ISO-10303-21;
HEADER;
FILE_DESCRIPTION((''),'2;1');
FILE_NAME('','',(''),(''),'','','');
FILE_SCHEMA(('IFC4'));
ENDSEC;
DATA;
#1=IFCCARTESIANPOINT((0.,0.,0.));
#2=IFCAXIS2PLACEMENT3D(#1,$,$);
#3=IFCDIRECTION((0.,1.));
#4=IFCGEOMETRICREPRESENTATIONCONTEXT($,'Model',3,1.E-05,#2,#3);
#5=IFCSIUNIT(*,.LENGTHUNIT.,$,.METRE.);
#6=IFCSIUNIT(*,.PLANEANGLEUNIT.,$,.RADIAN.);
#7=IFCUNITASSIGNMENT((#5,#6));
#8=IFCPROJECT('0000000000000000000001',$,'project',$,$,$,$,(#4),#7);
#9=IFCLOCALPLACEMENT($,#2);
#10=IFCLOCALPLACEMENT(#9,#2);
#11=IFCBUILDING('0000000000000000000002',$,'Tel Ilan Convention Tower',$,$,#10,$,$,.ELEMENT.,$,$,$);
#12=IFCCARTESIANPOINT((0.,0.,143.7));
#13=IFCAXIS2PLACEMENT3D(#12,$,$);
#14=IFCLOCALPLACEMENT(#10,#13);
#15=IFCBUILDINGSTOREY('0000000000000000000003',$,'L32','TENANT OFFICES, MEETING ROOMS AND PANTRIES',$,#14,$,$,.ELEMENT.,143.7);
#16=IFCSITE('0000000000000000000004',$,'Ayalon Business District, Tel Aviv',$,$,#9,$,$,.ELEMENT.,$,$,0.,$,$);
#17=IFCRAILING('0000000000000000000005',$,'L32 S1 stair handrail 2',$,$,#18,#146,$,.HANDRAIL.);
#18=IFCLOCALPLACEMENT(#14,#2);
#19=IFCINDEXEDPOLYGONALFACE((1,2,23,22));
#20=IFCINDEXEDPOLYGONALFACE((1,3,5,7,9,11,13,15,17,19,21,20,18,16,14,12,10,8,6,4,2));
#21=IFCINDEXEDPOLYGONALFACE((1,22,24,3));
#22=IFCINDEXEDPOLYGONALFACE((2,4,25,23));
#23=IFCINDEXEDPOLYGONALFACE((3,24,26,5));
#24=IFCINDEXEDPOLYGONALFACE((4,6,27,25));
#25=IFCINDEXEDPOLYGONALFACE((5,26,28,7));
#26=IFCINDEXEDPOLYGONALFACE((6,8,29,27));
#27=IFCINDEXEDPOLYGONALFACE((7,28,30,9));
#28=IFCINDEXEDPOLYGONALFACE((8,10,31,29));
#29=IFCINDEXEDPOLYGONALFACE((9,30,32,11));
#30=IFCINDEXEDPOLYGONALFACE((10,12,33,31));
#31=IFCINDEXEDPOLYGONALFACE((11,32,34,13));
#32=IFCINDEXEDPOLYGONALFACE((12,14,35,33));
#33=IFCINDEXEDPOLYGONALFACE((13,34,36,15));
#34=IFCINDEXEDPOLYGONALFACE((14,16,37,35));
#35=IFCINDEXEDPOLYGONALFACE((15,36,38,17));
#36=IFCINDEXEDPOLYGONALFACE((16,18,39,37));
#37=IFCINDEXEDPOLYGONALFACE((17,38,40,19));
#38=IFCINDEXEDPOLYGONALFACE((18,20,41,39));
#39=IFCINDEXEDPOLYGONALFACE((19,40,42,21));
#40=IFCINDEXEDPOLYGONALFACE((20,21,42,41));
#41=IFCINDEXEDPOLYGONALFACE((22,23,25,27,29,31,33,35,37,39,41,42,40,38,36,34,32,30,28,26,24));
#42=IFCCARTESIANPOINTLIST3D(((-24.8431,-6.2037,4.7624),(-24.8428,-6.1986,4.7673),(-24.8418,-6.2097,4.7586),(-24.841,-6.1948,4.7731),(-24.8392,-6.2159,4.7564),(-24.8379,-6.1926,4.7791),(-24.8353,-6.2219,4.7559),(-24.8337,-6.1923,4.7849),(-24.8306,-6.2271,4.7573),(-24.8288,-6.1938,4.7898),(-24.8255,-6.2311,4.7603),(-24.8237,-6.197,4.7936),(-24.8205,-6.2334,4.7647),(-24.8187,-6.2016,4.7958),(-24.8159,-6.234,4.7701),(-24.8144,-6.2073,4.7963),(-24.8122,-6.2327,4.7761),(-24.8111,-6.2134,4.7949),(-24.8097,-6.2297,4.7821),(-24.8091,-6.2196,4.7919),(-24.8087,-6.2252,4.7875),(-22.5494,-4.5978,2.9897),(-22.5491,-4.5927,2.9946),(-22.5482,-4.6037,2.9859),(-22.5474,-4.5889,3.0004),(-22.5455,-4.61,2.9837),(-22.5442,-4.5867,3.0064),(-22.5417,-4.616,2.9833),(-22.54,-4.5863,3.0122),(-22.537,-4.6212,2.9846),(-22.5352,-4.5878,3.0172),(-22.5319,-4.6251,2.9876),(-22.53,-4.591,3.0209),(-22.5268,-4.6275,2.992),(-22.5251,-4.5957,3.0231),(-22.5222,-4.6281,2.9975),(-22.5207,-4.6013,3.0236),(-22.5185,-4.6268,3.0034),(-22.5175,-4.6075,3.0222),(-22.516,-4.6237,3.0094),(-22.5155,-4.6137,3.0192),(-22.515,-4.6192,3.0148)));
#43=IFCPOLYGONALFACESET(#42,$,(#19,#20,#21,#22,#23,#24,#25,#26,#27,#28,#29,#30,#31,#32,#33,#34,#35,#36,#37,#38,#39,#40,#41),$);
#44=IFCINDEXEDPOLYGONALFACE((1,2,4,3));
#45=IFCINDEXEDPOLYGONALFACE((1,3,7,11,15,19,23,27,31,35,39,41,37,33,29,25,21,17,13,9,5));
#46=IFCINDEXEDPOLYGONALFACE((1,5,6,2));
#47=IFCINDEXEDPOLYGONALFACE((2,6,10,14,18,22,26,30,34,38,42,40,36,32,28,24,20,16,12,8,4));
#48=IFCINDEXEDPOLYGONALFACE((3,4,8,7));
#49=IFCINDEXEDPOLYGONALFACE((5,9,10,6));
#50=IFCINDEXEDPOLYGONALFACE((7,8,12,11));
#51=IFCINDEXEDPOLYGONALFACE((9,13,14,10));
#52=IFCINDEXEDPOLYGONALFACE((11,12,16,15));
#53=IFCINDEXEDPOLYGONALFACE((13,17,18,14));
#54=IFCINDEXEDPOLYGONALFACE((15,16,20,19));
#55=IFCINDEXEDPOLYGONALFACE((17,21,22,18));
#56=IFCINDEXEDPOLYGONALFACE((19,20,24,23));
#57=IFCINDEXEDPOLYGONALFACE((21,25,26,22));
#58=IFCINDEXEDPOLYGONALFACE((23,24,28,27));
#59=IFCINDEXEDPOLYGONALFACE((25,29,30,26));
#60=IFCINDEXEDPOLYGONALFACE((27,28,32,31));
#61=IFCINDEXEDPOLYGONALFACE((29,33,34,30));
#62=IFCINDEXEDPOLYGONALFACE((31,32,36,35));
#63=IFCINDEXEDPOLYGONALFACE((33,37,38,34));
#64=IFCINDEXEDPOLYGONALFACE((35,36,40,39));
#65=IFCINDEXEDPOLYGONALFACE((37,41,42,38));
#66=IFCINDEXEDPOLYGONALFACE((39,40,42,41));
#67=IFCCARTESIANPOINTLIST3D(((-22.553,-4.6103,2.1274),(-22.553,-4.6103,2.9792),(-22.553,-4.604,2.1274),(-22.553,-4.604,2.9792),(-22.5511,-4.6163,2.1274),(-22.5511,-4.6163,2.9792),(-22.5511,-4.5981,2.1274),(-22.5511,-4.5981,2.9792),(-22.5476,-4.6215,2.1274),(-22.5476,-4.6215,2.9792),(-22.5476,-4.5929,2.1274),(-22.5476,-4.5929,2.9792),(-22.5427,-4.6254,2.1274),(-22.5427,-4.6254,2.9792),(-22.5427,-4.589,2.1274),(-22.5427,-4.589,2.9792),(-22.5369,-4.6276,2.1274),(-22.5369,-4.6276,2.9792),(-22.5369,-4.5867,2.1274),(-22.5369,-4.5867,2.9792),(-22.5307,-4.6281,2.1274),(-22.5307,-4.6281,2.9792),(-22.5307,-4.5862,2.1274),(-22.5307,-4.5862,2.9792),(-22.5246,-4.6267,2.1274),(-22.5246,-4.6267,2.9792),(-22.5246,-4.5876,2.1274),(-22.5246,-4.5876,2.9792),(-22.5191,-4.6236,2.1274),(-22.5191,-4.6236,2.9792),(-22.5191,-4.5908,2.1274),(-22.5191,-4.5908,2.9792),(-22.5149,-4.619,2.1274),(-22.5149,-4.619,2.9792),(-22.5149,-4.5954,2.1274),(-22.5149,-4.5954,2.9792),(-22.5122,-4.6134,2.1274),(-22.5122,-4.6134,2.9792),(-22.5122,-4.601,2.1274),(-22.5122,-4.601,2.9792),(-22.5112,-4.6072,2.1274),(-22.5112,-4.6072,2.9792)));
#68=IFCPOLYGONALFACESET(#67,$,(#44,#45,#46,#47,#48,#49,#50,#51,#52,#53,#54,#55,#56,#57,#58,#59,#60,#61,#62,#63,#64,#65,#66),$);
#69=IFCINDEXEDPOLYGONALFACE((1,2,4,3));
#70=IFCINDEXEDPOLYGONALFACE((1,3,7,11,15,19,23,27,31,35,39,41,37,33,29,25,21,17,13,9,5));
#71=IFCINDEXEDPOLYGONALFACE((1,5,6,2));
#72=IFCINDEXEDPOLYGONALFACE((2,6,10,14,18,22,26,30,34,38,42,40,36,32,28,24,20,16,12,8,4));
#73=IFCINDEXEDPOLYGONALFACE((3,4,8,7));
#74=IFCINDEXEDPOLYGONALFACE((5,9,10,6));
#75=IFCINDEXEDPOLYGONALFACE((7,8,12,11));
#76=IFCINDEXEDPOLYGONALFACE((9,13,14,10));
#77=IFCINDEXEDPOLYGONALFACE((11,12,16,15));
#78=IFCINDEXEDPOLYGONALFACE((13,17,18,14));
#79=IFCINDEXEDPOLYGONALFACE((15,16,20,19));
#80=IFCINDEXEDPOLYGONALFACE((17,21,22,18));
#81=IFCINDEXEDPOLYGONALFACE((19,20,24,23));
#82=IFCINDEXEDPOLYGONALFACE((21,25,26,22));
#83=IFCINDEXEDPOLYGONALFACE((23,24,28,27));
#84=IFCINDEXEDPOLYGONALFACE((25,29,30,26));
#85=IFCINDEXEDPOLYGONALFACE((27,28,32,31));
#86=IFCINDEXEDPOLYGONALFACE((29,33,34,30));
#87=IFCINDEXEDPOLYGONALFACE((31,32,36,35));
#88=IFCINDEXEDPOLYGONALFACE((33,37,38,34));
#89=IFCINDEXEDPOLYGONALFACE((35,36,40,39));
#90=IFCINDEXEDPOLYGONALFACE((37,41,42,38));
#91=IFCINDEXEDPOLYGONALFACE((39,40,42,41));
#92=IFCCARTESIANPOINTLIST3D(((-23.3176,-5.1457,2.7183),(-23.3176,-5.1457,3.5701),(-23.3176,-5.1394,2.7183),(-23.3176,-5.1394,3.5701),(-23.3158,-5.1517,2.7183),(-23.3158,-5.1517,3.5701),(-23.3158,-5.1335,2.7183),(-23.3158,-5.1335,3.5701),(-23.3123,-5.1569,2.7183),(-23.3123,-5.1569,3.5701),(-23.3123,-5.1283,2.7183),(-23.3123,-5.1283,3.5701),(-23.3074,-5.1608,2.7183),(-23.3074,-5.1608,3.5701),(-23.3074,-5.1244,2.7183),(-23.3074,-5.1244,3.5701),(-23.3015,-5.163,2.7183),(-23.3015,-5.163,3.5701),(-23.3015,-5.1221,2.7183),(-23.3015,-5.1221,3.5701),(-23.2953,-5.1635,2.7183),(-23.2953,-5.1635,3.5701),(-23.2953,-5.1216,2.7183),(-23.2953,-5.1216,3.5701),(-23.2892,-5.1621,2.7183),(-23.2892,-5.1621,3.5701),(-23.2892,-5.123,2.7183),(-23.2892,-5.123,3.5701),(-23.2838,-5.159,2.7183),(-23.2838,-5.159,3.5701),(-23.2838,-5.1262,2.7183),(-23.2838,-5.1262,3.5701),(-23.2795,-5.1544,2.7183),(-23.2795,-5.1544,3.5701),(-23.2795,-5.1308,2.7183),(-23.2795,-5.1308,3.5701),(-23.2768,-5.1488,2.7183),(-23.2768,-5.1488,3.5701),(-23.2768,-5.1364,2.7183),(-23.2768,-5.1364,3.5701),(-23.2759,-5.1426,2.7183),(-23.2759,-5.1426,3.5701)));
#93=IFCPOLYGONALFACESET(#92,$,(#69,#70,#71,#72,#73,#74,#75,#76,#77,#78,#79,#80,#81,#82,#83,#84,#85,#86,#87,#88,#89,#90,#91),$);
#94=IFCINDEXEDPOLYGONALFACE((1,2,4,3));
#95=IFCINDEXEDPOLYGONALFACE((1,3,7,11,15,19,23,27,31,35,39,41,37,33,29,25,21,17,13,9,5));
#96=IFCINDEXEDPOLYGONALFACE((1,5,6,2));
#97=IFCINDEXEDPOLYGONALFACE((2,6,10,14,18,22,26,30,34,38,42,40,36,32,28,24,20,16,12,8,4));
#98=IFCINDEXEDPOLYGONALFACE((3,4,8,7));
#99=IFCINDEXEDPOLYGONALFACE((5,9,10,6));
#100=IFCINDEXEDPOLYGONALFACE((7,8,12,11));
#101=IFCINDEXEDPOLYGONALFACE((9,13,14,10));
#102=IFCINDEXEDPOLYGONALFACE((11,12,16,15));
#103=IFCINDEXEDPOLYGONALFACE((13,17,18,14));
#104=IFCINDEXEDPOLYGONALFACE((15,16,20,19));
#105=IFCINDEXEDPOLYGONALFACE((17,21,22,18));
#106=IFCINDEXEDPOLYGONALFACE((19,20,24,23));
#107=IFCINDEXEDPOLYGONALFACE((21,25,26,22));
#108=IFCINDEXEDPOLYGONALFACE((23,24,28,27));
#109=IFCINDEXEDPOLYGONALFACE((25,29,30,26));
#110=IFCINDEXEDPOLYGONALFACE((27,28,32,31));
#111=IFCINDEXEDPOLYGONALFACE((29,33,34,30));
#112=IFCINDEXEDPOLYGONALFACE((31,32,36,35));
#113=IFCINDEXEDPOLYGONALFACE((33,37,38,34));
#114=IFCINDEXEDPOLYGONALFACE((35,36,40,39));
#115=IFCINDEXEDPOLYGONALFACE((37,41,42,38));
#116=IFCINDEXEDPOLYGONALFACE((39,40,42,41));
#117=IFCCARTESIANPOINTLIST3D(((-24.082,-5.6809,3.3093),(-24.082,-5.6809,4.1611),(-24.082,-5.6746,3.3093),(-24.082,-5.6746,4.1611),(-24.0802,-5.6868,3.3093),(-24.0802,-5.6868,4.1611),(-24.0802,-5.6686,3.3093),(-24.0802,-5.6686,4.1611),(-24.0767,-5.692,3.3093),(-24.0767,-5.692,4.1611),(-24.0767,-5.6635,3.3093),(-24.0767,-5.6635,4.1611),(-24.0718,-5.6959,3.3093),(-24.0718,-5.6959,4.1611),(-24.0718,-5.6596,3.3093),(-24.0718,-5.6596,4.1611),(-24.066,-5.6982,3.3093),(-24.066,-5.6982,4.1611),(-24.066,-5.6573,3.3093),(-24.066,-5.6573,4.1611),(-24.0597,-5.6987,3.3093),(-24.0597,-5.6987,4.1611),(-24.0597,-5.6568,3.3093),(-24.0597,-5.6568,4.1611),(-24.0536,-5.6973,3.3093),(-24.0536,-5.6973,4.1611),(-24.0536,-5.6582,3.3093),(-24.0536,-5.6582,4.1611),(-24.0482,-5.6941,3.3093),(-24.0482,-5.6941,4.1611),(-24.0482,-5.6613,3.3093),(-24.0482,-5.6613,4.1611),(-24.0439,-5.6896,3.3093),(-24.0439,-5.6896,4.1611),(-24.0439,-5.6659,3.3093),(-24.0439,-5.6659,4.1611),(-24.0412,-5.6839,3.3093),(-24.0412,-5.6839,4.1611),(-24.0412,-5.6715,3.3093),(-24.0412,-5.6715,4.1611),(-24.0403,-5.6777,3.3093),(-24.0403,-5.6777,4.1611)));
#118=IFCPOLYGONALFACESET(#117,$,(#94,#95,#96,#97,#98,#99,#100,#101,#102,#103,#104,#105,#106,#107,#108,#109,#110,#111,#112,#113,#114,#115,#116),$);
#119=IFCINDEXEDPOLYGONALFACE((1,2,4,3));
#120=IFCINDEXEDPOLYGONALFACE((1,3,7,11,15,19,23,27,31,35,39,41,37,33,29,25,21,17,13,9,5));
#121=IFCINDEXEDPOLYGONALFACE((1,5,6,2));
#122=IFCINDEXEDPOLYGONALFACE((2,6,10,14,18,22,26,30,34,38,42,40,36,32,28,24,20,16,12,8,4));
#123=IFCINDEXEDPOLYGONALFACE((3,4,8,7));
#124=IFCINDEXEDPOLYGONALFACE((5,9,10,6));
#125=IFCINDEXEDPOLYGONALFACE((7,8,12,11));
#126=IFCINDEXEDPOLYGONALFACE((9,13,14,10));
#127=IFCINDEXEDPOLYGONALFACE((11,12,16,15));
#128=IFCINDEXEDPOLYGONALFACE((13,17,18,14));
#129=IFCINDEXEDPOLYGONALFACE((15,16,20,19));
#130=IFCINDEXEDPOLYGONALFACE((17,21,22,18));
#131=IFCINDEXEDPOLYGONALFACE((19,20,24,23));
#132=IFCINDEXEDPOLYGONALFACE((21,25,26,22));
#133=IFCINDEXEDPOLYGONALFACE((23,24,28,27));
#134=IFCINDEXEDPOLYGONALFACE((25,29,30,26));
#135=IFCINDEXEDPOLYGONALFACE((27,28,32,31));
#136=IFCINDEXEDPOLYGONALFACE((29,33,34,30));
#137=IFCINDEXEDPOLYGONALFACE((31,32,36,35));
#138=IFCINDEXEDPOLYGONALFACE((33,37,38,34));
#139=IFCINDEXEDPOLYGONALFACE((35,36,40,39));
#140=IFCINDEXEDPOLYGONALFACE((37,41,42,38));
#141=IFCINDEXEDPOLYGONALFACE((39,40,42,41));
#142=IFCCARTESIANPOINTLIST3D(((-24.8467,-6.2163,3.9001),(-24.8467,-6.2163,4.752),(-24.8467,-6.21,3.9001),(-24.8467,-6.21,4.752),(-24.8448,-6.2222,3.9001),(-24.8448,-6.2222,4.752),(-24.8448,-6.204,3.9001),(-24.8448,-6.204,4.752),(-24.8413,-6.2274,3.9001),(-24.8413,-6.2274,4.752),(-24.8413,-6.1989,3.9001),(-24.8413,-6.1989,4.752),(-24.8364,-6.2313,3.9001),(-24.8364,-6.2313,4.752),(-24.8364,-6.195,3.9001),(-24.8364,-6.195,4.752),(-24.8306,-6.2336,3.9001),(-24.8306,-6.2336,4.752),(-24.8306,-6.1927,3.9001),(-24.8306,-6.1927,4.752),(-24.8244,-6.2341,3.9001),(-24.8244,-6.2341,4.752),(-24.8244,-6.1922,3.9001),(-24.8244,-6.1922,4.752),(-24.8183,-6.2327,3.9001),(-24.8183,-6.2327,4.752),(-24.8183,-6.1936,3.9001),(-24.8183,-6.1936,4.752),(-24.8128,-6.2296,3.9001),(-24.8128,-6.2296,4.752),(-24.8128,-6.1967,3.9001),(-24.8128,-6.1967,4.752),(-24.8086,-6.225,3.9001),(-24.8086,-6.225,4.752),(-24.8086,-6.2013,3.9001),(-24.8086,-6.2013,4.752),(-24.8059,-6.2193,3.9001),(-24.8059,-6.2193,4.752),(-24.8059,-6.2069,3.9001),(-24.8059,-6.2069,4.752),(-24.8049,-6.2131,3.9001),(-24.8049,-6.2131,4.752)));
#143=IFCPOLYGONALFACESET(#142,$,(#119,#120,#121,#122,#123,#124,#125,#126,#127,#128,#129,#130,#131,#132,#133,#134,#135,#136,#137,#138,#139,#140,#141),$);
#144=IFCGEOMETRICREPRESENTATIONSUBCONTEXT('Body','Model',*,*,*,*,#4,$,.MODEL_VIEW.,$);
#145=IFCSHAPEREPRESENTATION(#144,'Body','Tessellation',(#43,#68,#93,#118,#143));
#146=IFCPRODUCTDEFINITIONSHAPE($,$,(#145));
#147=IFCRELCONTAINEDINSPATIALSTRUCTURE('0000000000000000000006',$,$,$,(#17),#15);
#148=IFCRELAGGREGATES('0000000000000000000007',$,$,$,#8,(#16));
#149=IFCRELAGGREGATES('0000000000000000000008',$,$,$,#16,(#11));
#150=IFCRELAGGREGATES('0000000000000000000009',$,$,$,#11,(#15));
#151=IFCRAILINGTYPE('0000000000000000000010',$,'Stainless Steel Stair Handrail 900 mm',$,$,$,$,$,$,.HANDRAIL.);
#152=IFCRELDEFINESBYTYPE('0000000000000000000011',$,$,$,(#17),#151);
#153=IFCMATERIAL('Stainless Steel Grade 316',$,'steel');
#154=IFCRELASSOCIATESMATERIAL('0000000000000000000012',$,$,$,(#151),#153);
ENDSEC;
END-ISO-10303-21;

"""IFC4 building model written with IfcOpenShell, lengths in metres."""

from ifc_helpers import new_model, si_unit, direction, frame, origin, origin_2d, place, context, subcontext, project, spatial, circle, extrude, material, type_object, element, save


model = new_model("IFC4")

# Units and contexts
model_context = context("Model", 3, precision=1e-05, world=origin(), true_north=direction((0.0, 1.0)))
body_context = subcontext(model_context, "Body", "Model", "MODEL_VIEW")
ifc_project = project(units=[si_unit("LENGTHUNIT", "METRE"), si_unit("PLANEANGLEUNIT", "RADIAN")], contexts=[model_context])

# Site, building, storey
site_placement = place(None, origin())
site = spatial("IfcSite", under=ifc_project, at=site_placement, Name="Ayalon Business District, Tel Aviv", CompositionType="ELEMENT", RefElevation=0.0)
building_placement = place(site_placement, origin())
building = spatial("IfcBuilding", under=site, at=building_placement, Name="Tel Ilan Convention Tower", CompositionType="ELEMENT")
storey_placement = place(building_placement, frame((0.0, 0.0, 143.7)))
storey = spatial("IfcBuildingStorey", under=building, at=storey_placement, Name="L32", Description="TENANT OFFICES, MEETING ROOMS AND PANTRIES", CompositionType="ELEMENT", Elevation=143.7)

# Railing
ifc_material_1 = material(Name="Stainless Steel Grade 316", Category="steel")
railing_type_1 = type_object("IfcRailingType", Name="Stainless Steel Stair Handrail 900 mm", PredefinedType="HANDRAIL", material=ifc_material_1)
railing_1_placement = place(storey_placement, frame((-22.5322, -4.6072, 2.1274)))
element("IfcRailing", 1, at=railing_1_placement, inside=storey, type_object=railing_type_1, Name="L32 S1 stair handrail 2", PredefinedType="HANDRAIL", context=body_context, shape_type="SweptSolid", body=[
    extrude(circle(Radius=0.0239, at=origin_2d()), frame((0.0, 0.0, 0.876), z_axis=(-0.692123, -0.484597, 0.534913), x_axis=(0.57355, -0.81917, 0.0)), (0.0, 0.0, 1.0), 3.314),
    extrude(circle(Radius=0.021, at=origin_2d()), origin(), (0.0, 0.0, 1.0), 0.8518),
    extrude(circle(Radius=0.021, at=origin_2d()), frame((-0.7646, -0.5354, 0.5908)), (0.0, 0.0, 1.0), 0.8518),
    extrude(circle(Radius=0.021, at=origin_2d()), frame((-1.5291, -1.0706, 1.1819)), (0.0, 0.0, 1.0), 0.8518),
    extrude(circle(Radius=0.021, at=origin_2d()), frame((-2.2937, -1.606, 1.7727)), (0.0, 0.0, 1.0), 0.8518),
])

save(model, "model.ifc")
